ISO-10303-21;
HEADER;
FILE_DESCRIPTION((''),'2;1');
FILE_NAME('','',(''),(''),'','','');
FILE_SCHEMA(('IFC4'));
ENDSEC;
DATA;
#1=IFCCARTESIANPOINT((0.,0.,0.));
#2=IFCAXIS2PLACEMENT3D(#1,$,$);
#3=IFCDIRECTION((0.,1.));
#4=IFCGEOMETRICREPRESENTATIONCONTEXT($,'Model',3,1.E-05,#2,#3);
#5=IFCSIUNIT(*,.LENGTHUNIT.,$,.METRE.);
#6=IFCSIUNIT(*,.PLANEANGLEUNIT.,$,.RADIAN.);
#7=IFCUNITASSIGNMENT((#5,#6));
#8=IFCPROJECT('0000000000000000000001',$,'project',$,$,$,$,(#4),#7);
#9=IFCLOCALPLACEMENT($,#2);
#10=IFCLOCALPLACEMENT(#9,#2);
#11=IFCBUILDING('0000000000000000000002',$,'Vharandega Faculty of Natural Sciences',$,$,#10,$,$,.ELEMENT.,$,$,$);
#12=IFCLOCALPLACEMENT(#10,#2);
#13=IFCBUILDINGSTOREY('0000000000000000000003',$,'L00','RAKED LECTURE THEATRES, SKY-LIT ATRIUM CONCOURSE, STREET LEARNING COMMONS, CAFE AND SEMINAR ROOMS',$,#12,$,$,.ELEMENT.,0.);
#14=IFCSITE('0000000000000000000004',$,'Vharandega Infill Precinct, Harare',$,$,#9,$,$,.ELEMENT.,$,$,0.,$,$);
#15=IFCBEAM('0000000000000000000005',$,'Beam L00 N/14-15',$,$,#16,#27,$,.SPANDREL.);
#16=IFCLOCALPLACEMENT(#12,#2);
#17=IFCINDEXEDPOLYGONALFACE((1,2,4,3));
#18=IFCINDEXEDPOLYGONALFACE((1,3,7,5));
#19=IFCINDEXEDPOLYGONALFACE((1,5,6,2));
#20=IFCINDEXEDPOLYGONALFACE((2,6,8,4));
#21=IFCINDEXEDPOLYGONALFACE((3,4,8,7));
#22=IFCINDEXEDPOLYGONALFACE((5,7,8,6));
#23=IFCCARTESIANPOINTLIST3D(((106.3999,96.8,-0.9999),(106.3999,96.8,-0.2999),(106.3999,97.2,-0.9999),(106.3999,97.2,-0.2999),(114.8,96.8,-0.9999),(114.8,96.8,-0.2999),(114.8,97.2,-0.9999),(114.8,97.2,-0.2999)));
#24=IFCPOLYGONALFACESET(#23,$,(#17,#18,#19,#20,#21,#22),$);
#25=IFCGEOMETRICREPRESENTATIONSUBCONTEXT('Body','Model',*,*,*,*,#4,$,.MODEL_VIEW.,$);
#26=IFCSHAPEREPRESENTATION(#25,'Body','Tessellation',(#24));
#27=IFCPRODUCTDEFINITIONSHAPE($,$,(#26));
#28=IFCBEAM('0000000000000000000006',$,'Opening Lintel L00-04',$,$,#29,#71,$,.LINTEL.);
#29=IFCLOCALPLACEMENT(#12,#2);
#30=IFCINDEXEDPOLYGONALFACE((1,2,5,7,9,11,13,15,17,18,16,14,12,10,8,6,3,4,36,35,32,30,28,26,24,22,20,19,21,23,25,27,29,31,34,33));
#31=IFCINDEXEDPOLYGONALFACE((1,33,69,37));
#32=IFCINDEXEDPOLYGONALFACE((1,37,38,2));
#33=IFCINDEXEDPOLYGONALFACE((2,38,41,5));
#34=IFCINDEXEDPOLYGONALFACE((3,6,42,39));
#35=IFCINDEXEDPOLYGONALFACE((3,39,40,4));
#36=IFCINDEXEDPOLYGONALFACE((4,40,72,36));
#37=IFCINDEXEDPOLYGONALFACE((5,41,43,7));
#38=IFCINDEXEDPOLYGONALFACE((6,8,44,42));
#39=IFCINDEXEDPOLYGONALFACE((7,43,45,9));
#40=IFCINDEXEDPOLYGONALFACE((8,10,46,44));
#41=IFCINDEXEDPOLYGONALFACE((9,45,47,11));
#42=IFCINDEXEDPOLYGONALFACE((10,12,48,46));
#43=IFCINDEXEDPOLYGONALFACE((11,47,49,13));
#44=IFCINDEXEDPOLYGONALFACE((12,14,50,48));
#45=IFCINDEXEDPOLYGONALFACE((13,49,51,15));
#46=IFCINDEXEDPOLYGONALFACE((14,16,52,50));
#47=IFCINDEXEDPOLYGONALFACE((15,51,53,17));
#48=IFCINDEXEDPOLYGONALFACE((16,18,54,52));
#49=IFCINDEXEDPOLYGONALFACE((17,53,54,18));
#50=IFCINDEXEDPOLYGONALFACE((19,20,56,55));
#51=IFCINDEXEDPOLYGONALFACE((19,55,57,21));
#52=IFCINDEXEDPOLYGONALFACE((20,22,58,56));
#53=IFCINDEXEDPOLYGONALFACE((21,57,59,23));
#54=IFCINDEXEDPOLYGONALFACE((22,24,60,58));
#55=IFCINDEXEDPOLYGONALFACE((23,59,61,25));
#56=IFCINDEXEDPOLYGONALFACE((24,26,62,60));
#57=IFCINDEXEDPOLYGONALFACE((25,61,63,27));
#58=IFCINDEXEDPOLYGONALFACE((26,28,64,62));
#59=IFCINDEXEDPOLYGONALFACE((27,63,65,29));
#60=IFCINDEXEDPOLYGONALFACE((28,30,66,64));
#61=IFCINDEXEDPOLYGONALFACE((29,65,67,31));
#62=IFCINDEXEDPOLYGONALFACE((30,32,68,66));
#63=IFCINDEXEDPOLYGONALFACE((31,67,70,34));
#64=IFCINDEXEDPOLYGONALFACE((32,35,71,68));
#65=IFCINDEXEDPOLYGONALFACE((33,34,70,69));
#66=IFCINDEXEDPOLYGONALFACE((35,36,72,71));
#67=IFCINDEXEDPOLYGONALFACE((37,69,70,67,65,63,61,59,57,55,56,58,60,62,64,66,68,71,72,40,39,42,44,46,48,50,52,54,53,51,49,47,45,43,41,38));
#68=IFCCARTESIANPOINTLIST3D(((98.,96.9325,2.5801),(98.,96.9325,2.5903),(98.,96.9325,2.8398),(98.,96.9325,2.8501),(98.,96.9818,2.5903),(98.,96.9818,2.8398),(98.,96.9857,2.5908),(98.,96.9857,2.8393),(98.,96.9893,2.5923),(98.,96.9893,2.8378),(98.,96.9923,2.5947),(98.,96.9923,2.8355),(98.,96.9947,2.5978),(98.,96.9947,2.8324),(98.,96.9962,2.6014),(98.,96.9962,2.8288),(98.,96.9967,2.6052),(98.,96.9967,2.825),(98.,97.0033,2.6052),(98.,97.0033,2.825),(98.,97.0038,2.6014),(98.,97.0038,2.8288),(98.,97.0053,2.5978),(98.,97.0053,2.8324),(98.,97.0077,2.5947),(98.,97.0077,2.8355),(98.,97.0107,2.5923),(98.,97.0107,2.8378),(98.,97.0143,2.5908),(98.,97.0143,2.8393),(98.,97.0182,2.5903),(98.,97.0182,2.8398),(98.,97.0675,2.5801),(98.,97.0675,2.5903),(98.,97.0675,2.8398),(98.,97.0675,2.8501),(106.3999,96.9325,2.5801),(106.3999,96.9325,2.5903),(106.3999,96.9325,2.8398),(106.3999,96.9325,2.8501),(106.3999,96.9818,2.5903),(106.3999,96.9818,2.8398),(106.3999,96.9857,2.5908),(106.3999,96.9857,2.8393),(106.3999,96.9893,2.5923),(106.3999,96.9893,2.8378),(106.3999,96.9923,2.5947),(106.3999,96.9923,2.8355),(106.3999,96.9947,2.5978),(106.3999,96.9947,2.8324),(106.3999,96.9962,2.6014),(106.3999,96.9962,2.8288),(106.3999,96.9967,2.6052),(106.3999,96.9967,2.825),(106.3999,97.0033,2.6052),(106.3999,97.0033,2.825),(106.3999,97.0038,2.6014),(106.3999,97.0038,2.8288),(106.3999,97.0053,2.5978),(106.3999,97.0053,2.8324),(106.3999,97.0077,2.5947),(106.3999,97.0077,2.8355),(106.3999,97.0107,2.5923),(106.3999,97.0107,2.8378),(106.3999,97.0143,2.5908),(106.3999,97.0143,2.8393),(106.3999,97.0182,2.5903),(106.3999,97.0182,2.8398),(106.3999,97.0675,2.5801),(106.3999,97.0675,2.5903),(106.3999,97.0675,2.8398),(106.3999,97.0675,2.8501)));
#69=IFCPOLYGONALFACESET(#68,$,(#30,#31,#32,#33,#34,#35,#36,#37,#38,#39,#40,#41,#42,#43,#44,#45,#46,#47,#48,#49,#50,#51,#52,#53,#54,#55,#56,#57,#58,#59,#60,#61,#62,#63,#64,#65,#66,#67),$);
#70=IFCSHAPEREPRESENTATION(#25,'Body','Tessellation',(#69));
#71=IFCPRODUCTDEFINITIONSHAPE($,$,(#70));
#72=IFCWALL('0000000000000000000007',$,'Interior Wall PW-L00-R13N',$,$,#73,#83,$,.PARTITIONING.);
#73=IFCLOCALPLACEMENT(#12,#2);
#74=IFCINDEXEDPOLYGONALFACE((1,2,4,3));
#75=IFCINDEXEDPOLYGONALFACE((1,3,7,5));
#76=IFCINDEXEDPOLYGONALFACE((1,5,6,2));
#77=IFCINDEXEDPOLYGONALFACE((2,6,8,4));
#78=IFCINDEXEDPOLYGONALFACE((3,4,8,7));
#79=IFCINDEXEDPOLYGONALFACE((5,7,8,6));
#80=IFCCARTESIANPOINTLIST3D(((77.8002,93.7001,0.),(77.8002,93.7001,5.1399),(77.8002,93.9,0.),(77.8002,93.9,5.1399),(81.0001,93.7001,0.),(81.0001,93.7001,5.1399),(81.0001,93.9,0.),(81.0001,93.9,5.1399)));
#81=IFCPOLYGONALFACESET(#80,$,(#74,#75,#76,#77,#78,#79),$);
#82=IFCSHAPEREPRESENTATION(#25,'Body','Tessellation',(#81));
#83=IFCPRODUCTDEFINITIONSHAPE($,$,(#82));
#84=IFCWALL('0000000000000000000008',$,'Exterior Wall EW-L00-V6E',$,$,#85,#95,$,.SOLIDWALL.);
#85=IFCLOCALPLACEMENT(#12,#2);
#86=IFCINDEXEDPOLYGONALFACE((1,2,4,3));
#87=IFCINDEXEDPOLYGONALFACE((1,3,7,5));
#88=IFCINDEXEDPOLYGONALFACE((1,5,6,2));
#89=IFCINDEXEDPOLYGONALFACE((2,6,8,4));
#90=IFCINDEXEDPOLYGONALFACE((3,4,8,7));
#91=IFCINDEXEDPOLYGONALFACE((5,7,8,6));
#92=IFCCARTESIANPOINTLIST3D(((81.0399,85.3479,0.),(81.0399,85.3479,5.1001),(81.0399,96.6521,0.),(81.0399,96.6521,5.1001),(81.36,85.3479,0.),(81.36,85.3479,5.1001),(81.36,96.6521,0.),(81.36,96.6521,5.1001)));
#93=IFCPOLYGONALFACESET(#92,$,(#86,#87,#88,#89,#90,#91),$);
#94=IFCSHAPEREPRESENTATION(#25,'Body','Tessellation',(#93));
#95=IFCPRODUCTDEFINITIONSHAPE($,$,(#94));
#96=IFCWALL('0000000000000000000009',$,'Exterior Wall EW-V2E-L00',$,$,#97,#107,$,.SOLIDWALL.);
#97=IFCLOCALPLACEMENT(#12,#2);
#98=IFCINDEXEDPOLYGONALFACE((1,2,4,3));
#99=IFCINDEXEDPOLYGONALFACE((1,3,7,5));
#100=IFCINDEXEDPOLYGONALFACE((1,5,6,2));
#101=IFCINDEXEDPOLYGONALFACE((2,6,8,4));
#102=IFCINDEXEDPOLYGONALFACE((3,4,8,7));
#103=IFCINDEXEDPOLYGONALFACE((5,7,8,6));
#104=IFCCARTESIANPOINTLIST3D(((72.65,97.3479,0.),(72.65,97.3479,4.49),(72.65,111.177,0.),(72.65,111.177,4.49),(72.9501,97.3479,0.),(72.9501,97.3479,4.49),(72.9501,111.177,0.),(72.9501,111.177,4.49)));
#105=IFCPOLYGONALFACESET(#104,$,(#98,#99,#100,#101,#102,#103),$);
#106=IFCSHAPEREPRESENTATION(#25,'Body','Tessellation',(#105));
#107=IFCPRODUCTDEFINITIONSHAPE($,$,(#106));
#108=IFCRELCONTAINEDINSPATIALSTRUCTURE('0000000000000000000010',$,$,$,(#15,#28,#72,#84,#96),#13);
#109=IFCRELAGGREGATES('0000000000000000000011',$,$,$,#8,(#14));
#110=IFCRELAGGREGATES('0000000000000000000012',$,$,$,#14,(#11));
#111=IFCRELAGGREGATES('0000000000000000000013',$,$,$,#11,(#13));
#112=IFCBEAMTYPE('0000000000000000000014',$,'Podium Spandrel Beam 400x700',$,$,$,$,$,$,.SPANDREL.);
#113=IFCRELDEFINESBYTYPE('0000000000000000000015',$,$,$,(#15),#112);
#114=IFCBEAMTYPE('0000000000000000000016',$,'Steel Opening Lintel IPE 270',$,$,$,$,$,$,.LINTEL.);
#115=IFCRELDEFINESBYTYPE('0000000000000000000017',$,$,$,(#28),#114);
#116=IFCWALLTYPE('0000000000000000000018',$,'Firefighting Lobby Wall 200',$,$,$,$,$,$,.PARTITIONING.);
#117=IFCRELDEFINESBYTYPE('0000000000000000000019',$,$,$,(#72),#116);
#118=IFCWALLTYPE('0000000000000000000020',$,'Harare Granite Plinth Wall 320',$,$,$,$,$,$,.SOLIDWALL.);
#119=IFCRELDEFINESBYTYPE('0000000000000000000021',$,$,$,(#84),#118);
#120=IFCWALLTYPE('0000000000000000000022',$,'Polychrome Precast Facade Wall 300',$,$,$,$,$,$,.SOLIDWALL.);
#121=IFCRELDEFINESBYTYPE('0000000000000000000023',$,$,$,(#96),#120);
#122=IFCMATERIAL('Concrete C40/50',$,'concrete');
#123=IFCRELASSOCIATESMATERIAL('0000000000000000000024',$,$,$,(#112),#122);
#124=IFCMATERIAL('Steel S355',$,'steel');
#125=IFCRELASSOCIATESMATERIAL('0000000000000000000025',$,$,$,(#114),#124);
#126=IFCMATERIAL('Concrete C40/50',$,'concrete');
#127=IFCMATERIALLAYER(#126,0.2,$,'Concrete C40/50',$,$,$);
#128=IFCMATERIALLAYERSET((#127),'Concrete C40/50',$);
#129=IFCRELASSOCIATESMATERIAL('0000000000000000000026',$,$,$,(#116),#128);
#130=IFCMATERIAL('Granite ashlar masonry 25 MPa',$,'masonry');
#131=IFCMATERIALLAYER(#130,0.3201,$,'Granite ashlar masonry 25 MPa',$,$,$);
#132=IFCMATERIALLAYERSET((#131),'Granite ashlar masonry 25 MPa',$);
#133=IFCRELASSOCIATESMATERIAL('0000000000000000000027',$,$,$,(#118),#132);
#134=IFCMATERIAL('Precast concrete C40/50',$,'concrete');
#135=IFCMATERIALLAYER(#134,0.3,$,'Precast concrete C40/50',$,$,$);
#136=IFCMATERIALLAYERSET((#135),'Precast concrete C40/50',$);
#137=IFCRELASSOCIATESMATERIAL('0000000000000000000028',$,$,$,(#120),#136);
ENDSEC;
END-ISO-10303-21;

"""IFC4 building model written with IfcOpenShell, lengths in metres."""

from ifc_helpers import new_model, si_unit, direction, frame, frame_2d, origin, origin_2d, place, context, subcontext, project, spatial, rectangle, i_section, extrude, material, layer, layer_set, material_profile, profile_set, type_object, element, save


model = new_model("IFC4")

# Units and contexts
model_context = context("Model", 3, precision=1e-05, world=origin(), true_north=direction((0.0, 1.0)))
body_context = subcontext(model_context, "Body", "Model", "MODEL_VIEW")
ifc_project = project(units=[si_unit("LENGTHUNIT", "METRE"), si_unit("PLANEANGLEUNIT", "RADIAN")], contexts=[model_context])

# Site, building, storey
site_placement = place(None, origin())
site = spatial("IfcSite", under=ifc_project, at=site_placement, Name="Vharandega Infill Precinct, Harare", CompositionType="ELEMENT", RefElevation=0.0)
building_placement = place(site_placement, origin())
building = spatial("IfcBuilding", under=site, at=building_placement, Name="Vharandega Faculty of Natural Sciences", CompositionType="ELEMENT")
storey_placement = place(building_placement, origin())
storey = spatial("IfcBuildingStorey", under=building, at=storey_placement, Name="L00", Description="RAKED LECTURE THEATRES, SKY-LIT ATRIUM CONCOURSE, STREET LEARNING COMMONS, CAFE AND SEMINAR ROOMS", CompositionType="ELEMENT", Elevation=0.0)

# Beams
ifc_material_1 = material(Name="Concrete C40/50", Category="concrete")
ifc_material_profile_1 = material_profile(ifc_material_1, rectangle(XDim=0.3999, YDim=0.7, at=origin_2d()), Name="RC 400x700")
ifc_profile_set_1 = profile_set([ifc_material_profile_1], Name="Concrete C40/50")
beam_type_1 = type_object("IfcBeamType", Name="Podium Spandrel Beam 400x700", PredefinedType="SPANDREL", material=ifc_profile_set_1)
beam_1_placement = place(storey_placement, frame((106.3999, 97.0, -0.6499), z_axis=(1.0, 0.0, 0.0), x_axis=(0.0, 1.0, 0.0)))
element("IfcBeam", 1, at=beam_1_placement, inside=storey, type_object=beam_type_1, Name="Beam L00 N/14-15", PredefinedType="SPANDREL", context=body_context, shape_type="SweptSolid", body=[
    extrude(rectangle(XDim=0.3999, YDim=0.7, at=origin_2d()), origin(), (0.0, 0.0, 1.0), 8.4001),
])
ifc_material_2 = material(Name="Steel S355", Category="steel")
ifc_material_profile_2 = material_profile(ifc_material_2, i_section(OverallWidth=0.135, OverallDepth=0.27, WebThickness=0.0066, FlangeThickness=0.0103, FilletRadius=0.0149, at=origin_2d()), Name="IPE 270")
ifc_profile_set_2 = profile_set([ifc_material_profile_2], Name="Steel S355")
beam_type_2 = type_object("IfcBeamType", Name="Steel Opening Lintel IPE 270", PredefinedType="LINTEL", material=ifc_profile_set_2)
beam_2_placement = place(storey_placement, frame((98.0, 97.0, 2.7151), z_axis=(1.0, 0.0, 0.0), x_axis=(0.0, 1.0, 0.0)))
element("IfcBeam", 2, at=beam_2_placement, inside=storey, type_object=beam_type_2, Name="Opening Lintel L00-04", PredefinedType="LINTEL", context=body_context, shape_type="SweptSolid", body=[
    extrude(i_section(OverallWidth=0.135, OverallDepth=0.27, WebThickness=0.0066, FlangeThickness=0.0103, FilletRadius=0.0149, at=origin_2d()), origin(), (0.0, 0.0, 1.0), 8.3999),
])

# Wall
ifc_material_3 = material(Name="Concrete C40/50", Category="concrete")
ifc_layer_1 = layer(ifc_material_3, 0.2, Name="Concrete C40/50")
ifc_layer_set_1 = layer_set([ifc_layer_1], Name="Concrete C40/50")
wall_type_1 = type_object("IfcWallType", Name="Firefighting Lobby Wall 200", PredefinedType="PARTITIONING", material=ifc_layer_set_1)
wall_1_placement = place(storey_placement, frame((77.8, 93.8, 0.0), z_axis=(0.0, 0.0, 1.0), x_axis=(1.0, 0.0, 0.0)))
element("IfcWall", 3, at=wall_1_placement, inside=storey, type_object=wall_type_1, Name="Interior Wall PW-L00-R13N", PredefinedType="PARTITIONING", context=body_context, shape_type="SweptSolid", body=[
    extrude(rectangle(XDim=3.2, YDim=0.2, at=frame_2d((1.6001, 0.0))), origin(), (0.0, 0.0, 1.0), 5.1399),
])

# Shared definitions
ifc_material_4 = material(Name="Granite ashlar masonry 25 MPa", Category="masonry")
ifc_layer_2 = layer(ifc_material_4, 0.3201, Name="Granite ashlar masonry 25 MPa")
ifc_layer_set_2 = layer_set([ifc_layer_2], Name="Granite ashlar masonry 25 MPa")
wall_type_2 = type_object("IfcWallType", Name="Harare Granite Plinth Wall 320", PredefinedType="SOLIDWALL", material=ifc_layer_set_2)

# Wall
wall_2_placement = place(storey_placement, frame((81.2, 96.6521, 0.0), z_axis=(0.0, 0.0, 1.0), x_axis=(0.0, -1.0, 0.0)))
element("IfcWall", 4, at=wall_2_placement, inside=storey, type_object=wall_type_2, Name="Exterior Wall EW-L00-V6E", PredefinedType="SOLIDWALL", context=body_context, shape_type="SweptSolid", body=[
    extrude(rectangle(XDim=11.3042, YDim=0.3201, at=frame_2d((5.6521, 0.0))), origin(), (0.0, 0.0, 1.0), 5.1001),
])

# Wall
ifc_material_5 = material(Name="Precast concrete C40/50", Category="concrete")
ifc_layer_3 = layer(ifc_material_5, 0.3, Name="Precast concrete C40/50")
ifc_layer_set_3 = layer_set([ifc_layer_3], Name="Precast concrete C40/50")
wall_type_3 = type_object("IfcWallType", Name="Polychrome Precast Facade Wall 300", PredefinedType="SOLIDWALL", material=ifc_layer_set_3)
wall_3_placement = place(storey_placement, frame((72.8, 111.177, 0.0), z_axis=(0.0, 0.0, 1.0), x_axis=(0.0, -1.0, 0.0)))
element("IfcWall", 5, at=wall_3_placement, inside=storey, type_object=wall_type_3, Name="Exterior Wall EW-V2E-L00", PredefinedType="SOLIDWALL", context=body_context, shape_type="SweptSolid", body=[
    extrude(rectangle(XDim=13.8291, YDim=0.3, at=frame_2d((6.9146, 0.0))), origin(), (0.0, 0.0, 1.0), 4.49),
])

save(model, "model.ifc")
